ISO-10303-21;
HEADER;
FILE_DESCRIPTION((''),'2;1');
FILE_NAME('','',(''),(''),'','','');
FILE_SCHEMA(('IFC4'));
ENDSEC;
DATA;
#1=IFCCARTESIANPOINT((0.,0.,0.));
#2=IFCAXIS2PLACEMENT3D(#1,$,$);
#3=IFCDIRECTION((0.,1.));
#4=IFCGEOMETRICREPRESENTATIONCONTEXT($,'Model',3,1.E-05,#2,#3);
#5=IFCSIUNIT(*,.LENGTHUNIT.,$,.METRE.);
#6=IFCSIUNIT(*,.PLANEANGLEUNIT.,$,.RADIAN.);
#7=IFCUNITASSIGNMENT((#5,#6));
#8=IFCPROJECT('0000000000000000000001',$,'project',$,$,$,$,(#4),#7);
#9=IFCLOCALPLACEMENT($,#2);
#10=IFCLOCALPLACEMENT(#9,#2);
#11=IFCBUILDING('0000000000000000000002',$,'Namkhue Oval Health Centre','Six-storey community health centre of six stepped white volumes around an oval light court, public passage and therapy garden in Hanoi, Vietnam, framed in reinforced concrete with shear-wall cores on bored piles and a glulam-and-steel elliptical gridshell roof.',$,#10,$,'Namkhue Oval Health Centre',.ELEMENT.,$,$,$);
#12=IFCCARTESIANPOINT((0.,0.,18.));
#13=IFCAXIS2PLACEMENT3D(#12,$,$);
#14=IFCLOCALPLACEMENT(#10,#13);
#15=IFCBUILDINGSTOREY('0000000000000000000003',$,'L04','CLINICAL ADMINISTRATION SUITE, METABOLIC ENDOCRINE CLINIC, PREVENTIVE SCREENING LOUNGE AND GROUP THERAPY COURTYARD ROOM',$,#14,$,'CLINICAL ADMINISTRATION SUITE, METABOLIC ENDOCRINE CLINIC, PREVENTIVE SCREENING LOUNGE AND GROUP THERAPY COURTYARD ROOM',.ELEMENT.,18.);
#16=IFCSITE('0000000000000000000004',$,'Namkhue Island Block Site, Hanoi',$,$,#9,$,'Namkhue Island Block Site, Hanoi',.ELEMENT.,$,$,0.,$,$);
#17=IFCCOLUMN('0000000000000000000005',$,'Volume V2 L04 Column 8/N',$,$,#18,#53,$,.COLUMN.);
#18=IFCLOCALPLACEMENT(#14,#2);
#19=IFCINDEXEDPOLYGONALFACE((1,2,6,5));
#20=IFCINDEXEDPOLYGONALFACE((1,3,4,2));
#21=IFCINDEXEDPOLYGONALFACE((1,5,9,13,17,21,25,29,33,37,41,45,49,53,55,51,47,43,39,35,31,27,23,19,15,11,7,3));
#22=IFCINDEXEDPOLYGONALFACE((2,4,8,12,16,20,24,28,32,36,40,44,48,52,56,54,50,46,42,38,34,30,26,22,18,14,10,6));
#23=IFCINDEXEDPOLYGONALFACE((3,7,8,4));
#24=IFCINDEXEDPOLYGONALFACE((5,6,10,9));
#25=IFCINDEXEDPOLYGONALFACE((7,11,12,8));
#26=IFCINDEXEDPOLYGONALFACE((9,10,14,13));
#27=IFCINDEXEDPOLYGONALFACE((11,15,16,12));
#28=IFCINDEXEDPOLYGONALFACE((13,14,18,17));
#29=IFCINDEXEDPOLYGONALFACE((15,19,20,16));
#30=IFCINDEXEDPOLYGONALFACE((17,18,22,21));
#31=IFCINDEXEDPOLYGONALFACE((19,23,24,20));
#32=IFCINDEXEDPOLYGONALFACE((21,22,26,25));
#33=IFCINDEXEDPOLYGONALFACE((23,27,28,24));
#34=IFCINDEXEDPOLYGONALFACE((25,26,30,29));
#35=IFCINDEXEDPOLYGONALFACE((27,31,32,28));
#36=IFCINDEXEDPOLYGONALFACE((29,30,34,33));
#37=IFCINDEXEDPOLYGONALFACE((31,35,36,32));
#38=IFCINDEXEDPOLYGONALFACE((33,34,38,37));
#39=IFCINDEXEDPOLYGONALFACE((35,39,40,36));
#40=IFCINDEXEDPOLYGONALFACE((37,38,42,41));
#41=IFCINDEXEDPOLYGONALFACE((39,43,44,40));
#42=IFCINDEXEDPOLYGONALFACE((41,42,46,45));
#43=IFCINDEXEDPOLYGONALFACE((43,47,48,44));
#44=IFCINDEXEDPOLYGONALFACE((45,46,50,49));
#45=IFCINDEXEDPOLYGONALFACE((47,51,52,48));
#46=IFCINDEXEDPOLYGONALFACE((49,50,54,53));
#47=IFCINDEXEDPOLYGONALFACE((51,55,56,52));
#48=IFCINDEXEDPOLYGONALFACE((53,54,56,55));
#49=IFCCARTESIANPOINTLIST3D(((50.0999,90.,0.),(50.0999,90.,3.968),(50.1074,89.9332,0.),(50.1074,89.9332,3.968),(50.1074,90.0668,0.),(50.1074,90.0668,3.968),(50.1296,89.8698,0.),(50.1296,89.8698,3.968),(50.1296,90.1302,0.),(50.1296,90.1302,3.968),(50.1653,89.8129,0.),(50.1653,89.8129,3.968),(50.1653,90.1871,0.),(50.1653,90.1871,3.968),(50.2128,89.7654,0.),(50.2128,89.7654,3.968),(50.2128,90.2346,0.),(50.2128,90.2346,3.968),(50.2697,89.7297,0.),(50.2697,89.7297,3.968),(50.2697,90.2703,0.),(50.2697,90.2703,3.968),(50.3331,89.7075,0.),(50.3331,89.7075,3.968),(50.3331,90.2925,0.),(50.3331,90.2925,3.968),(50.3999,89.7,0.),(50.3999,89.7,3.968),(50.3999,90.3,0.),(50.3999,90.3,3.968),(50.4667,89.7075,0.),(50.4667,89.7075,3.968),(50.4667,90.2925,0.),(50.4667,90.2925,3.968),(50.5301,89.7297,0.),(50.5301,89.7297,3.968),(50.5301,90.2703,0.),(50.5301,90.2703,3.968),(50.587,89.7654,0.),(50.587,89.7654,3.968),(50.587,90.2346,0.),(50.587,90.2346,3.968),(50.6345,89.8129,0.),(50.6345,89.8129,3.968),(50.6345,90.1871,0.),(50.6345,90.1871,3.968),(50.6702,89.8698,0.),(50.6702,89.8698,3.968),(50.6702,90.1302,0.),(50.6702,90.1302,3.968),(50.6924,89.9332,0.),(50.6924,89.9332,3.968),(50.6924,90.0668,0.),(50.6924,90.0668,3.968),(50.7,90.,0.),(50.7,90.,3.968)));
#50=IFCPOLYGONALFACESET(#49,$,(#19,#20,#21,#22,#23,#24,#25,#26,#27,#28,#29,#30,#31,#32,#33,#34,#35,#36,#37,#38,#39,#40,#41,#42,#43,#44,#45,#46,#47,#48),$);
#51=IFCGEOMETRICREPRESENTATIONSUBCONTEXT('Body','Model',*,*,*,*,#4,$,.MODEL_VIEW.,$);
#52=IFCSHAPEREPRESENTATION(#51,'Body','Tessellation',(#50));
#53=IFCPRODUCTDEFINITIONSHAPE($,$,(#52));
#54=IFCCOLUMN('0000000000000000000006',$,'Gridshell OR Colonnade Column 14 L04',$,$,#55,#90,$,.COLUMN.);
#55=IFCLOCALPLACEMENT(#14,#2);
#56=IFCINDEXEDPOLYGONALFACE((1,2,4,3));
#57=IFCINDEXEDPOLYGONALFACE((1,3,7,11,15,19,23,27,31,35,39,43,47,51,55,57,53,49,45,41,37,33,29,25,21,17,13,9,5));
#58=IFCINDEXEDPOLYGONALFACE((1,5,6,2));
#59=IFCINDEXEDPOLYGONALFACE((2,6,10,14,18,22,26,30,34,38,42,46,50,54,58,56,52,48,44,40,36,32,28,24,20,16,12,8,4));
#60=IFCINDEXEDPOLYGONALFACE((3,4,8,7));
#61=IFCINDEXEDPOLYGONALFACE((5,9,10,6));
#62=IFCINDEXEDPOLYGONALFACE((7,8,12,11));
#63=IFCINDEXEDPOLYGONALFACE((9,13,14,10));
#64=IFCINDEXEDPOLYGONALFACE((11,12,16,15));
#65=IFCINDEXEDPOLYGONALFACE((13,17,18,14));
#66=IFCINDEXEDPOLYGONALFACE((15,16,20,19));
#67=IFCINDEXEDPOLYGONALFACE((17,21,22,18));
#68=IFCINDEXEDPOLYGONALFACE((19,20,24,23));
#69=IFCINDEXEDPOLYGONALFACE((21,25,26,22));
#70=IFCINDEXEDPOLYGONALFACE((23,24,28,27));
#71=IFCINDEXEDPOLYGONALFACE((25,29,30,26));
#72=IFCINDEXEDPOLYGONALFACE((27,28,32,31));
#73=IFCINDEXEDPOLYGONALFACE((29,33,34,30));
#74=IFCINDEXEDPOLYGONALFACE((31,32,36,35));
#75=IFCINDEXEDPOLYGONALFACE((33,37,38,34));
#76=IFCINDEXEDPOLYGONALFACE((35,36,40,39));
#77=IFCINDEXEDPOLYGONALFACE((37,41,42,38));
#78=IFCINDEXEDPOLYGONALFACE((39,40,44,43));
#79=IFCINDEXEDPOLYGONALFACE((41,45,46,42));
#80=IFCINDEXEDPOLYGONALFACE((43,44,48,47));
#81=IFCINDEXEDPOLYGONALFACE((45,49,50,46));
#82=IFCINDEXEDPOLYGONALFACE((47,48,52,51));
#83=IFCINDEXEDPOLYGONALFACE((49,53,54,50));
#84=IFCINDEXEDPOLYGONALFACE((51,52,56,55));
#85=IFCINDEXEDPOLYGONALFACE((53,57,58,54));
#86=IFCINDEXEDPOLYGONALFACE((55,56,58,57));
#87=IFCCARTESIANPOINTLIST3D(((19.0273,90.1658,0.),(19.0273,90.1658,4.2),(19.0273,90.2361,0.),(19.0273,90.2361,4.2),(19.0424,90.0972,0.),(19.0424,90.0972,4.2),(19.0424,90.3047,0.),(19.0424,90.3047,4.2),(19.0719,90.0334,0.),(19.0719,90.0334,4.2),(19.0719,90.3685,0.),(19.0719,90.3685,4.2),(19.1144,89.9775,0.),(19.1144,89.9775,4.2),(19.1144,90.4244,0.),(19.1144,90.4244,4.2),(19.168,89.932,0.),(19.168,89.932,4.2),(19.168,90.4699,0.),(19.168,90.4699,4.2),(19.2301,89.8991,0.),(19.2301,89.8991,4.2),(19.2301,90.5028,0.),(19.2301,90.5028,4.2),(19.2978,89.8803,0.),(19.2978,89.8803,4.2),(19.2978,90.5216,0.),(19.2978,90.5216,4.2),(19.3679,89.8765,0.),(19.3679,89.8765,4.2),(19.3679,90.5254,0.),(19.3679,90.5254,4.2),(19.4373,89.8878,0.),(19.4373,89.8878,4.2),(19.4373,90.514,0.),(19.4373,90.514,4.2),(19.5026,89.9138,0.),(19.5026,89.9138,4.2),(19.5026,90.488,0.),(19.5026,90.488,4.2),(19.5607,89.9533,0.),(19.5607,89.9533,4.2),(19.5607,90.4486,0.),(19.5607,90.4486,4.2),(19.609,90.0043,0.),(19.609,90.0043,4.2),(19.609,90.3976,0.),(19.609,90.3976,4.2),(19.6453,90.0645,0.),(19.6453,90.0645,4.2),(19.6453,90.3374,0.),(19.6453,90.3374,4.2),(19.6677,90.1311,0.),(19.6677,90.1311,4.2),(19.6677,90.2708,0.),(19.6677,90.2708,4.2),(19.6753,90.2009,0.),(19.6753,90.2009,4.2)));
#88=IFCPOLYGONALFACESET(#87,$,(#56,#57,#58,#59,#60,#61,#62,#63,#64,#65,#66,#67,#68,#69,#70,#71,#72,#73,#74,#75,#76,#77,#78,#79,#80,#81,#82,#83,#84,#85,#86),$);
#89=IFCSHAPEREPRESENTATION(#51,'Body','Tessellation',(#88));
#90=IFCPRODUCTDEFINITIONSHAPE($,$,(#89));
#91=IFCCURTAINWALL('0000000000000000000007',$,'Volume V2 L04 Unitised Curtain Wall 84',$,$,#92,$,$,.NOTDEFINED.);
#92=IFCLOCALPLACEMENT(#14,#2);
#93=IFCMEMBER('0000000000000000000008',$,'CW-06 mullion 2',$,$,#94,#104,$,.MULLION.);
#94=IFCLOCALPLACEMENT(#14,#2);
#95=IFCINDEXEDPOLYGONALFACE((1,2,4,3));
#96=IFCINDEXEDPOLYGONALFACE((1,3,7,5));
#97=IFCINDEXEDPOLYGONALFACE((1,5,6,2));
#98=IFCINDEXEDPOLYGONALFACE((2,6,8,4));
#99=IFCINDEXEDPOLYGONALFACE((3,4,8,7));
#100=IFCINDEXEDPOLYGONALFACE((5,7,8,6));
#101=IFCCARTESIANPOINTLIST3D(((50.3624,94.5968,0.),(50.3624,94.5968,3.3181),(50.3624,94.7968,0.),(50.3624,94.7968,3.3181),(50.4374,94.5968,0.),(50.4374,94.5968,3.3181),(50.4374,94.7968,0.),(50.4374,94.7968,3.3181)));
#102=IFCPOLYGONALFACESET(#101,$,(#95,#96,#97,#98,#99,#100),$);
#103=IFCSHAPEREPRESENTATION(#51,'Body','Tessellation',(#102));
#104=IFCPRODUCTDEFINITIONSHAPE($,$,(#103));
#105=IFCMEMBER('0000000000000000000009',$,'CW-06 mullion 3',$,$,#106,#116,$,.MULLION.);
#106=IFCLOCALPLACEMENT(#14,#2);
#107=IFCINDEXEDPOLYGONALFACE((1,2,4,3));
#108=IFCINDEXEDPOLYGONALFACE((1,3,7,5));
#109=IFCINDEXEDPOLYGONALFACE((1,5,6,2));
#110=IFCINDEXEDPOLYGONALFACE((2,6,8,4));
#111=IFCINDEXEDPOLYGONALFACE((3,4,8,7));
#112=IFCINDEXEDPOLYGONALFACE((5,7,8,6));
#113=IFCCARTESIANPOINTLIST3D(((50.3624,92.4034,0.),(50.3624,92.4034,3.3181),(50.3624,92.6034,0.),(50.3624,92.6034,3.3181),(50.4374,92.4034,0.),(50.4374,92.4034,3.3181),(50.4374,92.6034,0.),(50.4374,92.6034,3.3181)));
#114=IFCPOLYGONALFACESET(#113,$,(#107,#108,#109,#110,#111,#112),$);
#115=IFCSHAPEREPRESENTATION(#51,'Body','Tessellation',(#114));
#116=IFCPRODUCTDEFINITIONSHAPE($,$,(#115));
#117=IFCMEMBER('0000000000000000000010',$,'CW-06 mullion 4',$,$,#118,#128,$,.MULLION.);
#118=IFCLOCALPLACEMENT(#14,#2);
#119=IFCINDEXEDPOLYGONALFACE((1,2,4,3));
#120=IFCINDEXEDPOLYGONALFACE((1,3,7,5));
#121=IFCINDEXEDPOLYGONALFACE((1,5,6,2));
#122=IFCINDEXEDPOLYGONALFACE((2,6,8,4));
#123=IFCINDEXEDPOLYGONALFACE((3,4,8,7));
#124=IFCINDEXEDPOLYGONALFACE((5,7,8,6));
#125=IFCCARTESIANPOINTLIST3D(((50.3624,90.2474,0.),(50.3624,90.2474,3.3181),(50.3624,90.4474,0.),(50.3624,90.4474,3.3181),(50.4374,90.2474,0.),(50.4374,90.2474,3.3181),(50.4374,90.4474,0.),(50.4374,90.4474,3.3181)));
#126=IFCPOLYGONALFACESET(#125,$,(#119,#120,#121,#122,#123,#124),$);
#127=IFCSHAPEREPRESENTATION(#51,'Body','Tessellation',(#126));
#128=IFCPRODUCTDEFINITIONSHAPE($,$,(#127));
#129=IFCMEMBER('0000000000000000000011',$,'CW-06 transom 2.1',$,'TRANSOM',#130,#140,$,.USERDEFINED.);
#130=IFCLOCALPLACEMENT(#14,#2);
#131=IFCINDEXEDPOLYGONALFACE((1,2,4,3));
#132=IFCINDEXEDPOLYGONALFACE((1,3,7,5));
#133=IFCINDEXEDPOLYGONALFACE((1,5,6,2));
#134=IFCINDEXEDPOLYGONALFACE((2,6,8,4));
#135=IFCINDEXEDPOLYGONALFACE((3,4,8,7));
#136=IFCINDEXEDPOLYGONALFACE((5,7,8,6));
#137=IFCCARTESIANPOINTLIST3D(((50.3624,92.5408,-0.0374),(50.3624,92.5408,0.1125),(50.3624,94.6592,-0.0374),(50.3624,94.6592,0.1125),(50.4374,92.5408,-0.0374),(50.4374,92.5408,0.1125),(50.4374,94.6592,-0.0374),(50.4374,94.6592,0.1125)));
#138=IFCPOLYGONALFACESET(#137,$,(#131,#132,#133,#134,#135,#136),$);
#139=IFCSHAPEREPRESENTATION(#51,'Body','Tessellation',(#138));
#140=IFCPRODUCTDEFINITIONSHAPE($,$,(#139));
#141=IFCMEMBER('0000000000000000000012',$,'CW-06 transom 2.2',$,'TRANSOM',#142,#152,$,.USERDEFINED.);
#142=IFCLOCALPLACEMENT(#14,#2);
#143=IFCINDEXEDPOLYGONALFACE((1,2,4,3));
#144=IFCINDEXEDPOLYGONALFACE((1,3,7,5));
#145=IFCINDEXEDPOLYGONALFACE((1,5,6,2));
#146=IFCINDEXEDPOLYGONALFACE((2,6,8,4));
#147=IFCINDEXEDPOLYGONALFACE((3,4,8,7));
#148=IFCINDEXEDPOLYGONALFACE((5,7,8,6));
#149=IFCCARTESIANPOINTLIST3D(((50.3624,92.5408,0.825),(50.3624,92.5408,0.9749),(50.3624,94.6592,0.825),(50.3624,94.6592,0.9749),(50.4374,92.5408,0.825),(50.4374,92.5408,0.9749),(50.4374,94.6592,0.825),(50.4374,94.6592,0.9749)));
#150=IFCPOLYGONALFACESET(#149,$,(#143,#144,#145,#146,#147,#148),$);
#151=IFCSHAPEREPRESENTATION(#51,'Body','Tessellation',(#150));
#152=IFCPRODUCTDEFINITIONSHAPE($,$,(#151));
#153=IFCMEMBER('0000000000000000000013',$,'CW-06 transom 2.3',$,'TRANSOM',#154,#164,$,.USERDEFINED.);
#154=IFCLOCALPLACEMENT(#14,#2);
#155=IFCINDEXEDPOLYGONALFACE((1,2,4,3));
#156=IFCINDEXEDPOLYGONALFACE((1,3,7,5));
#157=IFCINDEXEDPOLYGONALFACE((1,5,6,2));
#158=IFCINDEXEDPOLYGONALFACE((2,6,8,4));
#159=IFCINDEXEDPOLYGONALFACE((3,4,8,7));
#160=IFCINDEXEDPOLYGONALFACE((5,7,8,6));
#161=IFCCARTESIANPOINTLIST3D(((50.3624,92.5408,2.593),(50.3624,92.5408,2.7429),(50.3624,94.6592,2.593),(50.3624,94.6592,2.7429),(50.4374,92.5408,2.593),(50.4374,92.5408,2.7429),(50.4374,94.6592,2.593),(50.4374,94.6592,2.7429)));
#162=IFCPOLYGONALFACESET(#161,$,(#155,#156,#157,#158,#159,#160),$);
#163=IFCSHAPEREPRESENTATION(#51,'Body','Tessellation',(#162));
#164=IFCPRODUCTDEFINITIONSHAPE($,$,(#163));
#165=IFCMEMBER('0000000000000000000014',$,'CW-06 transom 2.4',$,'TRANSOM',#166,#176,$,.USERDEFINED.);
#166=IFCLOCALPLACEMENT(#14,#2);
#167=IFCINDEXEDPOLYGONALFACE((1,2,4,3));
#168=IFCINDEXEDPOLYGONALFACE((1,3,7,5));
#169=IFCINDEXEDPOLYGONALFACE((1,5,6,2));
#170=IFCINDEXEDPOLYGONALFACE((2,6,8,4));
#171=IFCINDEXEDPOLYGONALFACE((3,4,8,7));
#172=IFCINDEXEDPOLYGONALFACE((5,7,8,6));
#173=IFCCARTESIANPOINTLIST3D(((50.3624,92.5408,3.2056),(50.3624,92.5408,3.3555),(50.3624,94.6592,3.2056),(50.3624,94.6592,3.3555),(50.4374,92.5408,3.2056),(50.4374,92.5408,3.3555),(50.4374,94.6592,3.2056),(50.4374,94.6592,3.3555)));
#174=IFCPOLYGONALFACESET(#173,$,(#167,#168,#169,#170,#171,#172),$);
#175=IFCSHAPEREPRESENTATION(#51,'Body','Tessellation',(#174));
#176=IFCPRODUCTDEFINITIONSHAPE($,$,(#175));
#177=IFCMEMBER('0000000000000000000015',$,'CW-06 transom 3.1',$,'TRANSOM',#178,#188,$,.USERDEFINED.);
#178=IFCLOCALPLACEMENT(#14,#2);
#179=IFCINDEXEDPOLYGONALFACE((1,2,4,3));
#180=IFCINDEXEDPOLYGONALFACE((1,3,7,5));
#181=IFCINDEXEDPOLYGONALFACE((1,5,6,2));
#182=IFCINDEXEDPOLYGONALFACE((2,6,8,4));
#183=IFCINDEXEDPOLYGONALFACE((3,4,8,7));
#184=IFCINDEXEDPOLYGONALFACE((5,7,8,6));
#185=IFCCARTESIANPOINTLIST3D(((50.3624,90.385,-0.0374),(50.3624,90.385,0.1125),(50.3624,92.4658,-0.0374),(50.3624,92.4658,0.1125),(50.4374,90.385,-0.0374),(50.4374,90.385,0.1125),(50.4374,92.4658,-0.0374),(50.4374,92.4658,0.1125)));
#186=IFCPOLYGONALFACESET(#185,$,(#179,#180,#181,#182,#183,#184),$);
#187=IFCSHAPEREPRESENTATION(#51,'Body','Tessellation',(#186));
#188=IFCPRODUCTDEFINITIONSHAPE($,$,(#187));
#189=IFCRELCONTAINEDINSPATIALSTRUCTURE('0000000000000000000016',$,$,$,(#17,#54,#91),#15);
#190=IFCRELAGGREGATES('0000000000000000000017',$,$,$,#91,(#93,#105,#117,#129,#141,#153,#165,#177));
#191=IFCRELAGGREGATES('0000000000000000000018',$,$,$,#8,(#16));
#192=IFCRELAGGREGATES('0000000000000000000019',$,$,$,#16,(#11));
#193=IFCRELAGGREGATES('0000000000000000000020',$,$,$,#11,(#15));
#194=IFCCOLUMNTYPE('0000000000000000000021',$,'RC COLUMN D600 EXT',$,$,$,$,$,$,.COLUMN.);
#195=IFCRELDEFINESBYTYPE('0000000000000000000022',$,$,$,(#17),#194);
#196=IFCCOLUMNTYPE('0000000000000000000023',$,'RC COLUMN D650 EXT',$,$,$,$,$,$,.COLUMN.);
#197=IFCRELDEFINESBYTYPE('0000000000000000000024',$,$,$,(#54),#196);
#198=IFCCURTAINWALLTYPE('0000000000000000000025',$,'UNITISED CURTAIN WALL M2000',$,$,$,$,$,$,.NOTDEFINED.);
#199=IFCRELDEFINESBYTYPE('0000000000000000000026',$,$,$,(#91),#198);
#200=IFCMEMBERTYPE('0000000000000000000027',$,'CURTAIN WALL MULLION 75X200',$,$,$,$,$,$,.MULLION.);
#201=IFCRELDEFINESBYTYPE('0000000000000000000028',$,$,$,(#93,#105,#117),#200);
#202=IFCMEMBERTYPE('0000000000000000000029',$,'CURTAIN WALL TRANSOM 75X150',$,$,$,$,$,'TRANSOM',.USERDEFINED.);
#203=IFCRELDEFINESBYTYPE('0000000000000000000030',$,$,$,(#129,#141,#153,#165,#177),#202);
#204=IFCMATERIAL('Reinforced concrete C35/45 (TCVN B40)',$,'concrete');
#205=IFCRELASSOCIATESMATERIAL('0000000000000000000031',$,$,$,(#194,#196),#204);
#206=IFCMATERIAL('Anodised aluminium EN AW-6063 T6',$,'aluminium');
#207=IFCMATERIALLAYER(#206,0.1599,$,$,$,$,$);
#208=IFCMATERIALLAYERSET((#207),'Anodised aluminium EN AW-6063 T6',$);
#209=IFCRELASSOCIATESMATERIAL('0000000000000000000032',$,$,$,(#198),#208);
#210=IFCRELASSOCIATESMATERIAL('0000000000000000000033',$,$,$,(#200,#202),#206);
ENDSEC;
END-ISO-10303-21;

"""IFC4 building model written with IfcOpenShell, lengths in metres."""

from ifc_helpers import new_model, si_unit, direction, frame, origin, origin_2d, place, context, subcontext, project, spatial, rectangle, circle, extrude, material, layer, layer_set, material_profile, profile_set, type_object, element, aggregate, save


model = new_model("IFC4")

# Units and contexts
model_context = context("Model", 3, precision=1e-05, world=origin(), true_north=direction((0.0, 1.0)))
body_context = subcontext(model_context, "Body", "Model", "MODEL_VIEW")
ifc_project = project(units=[si_unit("LENGTHUNIT", "METRE"), si_unit("PLANEANGLEUNIT", "RADIAN")], contexts=[model_context])

# Site, building, storey
site_placement = place(None, origin())
site = spatial("IfcSite", under=ifc_project, at=site_placement, Name="Namkhue Island Block Site, Hanoi", LongName="Namkhue Island Block Site, Hanoi", CompositionType="ELEMENT", RefElevation=0.0)
building_placement = place(site_placement, origin())
building = spatial("IfcBuilding", under=site, at=building_placement, Name="Namkhue Oval Health Centre", Description="Six-storey community health centre of six stepped white volumes around an oval light court, public passage and therapy garden in Hanoi, Vietnam, framed in reinforced concrete with shear-wall cores on bored piles and a glulam-and-steel elliptical gridshell roof.", LongName="Namkhue Oval Health Centre", CompositionType="ELEMENT")
storey_placement = place(building_placement, frame((0.0, 0.0, 18.0)))
storey = spatial("IfcBuildingStorey", under=building, at=storey_placement, Name="L04", Description="CLINICAL ADMINISTRATION SUITE, METABOLIC ENDOCRINE CLINIC, PREVENTIVE SCREENING LOUNGE AND GROUP THERAPY COURTYARD ROOM", LongName="CLINICAL ADMINISTRATION SUITE, METABOLIC ENDOCRINE CLINIC, PREVENTIVE SCREENING LOUNGE AND GROUP THERAPY COURTYARD ROOM", CompositionType="ELEMENT", Elevation=18.0)

# Columns
ifc_material_1 = material(Name="Reinforced concrete C35/45 (TCVN B40)", Category="concrete")
ifc_material_profile_1 = material_profile(ifc_material_1, circle(Radius=0.3, at=origin_2d()), Name="RC D600")
ifc_profile_set_1 = profile_set([ifc_material_profile_1], Name="Reinforced concrete C35/45 (TCVN B40)")
column_type_1 = type_object("IfcColumnType", Name="RC COLUMN D600 EXT", PredefinedType="COLUMN", material=ifc_profile_set_1)
column_1_placement = place(storey_placement, frame((50.3999, 90.0, 0.0), z_axis=(0.0, 0.0, 1.0), x_axis=(1.0, 0.0, 0.0)))
element("IfcColumn", 1, at=column_1_placement, inside=storey, type_object=column_type_1, Name="Volume V2 L04 Column 8/N", PredefinedType="COLUMN", context=body_context, shape_type="SweptSolid", body=[
    extrude(circle(Radius=0.3, at=origin_2d()), origin(), (0.0, 0.0, 1.0), 3.968),
])
ifc_material_profile_2 = material_profile(ifc_material_1, circle(Radius=0.325, at=origin_2d()), Name="RC D650")
ifc_profile_set_2 = profile_set([ifc_material_profile_2], Name="Reinforced concrete C35/45 (TCVN B40)")
column_type_2 = type_object("IfcColumnType", Name="RC COLUMN D650 EXT", PredefinedType="COLUMN", material=ifc_profile_set_2)
column_2_placement = place(storey_placement, frame((19.3503, 90.2009, 0.0), z_axis=(0.0, 0.0, 1.0), x_axis=(1.0, 0.0, 0.0)))
element("IfcColumn", 2, at=column_2_placement, inside=storey, type_object=column_type_2, Name="Gridshell OR Colonnade Column 14 L04", PredefinedType="COLUMN", context=body_context, shape_type="SweptSolid", body=[
    extrude(circle(Radius=0.325, at=origin_2d()), origin(), (0.0, 0.0, 1.0), 4.2),
])

# Curtain wall, members
ifc_material_2 = material(Name="Anodised aluminium EN AW-6063 T6", Category="aluminium")
ifc_layer_1 = layer(ifc_material_2, 0.1599)
ifc_layer_set_1 = layer_set([ifc_layer_1], Name="Anodised aluminium EN AW-6063 T6")
curtain_wall_type = type_object("IfcCurtainWallType", Name="UNITISED CURTAIN WALL M2000", PredefinedType="NOTDEFINED", material=ifc_layer_set_1)
curtain_wall_placement = place(storey_placement, origin())
curtain_wall = element("IfcCurtainWall", 3, at=curtain_wall_placement, inside=storey, type_object=curtain_wall_type, Name="Volume V2 L04 Unitised Curtain Wall 84", PredefinedType="NOTDEFINED")
ifc_material_profile_3 = material_profile(ifc_material_2, rectangle(XDim=0.075, YDim=0.2, at=origin_2d()), Name="ALU 75x200")
ifc_profile_set_3 = profile_set([ifc_material_profile_3], Name="Anodised aluminium EN AW-6063 T6")
member_type_1 = type_object("IfcMemberType", Name="CURTAIN WALL MULLION 75X200", PredefinedType="MULLION", material=ifc_profile_set_3)
member_1_placement = place(storey_placement, frame((50.3999, 94.6968, 0.0), z_axis=(0.0, 0.0, 1.0), x_axis=(1.0, 0.0, 0.0)))
member_1 = element("IfcMember", 4, at=member_1_placement, type_object=member_type_1, Name="CW-06 mullion 2", PredefinedType="MULLION", context=body_context, shape_type="SweptSolid", body=[
    extrude(rectangle(XDim=0.075, YDim=0.2, at=origin_2d()), origin(), (0.0, 0.0, 1.0), 3.3181),
])
member_2_placement = place(storey_placement, frame((50.3999, 92.5034, 0.0), z_axis=(0.0, 0.0, 1.0), x_axis=(1.0, 0.0, 0.0)))
member_2 = element("IfcMember", 5, at=member_2_placement, type_object=member_type_1, Name="CW-06 mullion 3", PredefinedType="MULLION", context=body_context, shape_type="SweptSolid", body=[
    extrude(rectangle(XDim=0.075, YDim=0.2, at=origin_2d()), origin(), (0.0, 0.0, 1.0), 3.3181),
])
member_3_placement = place(storey_placement, frame((50.3999, 90.3474, 0.0), z_axis=(0.0, 0.0, 1.0), x_axis=(1.0, 0.0, 0.0)))
member_3 = element("IfcMember", 6, at=member_3_placement, type_object=member_type_1, Name="CW-06 mullion 4", PredefinedType="MULLION", context=body_context, shape_type="SweptSolid", body=[
    extrude(rectangle(XDim=0.075, YDim=0.2, at=origin_2d()), origin(), (0.0, 0.0, 1.0), 3.3181),
])
ifc_material_profile_4 = material_profile(ifc_material_2, rectangle(XDim=0.075, YDim=0.1499, at=origin_2d()), Name="ALU 75x150")
ifc_profile_set_4 = profile_set([ifc_material_profile_4], Name="Anodised aluminium EN AW-6063 T6")
member_type_2 = type_object("IfcMemberType", Name="CURTAIN WALL TRANSOM 75X150", ElementType="TRANSOM", PredefinedType="USERDEFINED", material=ifc_profile_set_4)
member_4_placement = place(storey_placement, frame((50.3999, 94.6592, 0.0376), z_axis=(0.0, -1.0, 0.0), x_axis=(1.0, 0.0, 0.0)))
member_4 = element("IfcMember", 7, at=member_4_placement, type_object=member_type_2, Name="CW-06 transom 2.1", ObjectType="TRANSOM", PredefinedType="USERDEFINED", context=body_context, shape_type="SweptSolid", body=[
    extrude(rectangle(XDim=0.075, YDim=0.1499, at=origin_2d()), origin(), (0.0, 0.0, 1.0), 2.1184),
])
member_5_placement = place(storey_placement, frame((50.3999, 94.6592, 0.8999), z_axis=(0.0, -1.0, 0.0), x_axis=(1.0, 0.0, 0.0)))
member_5 = element("IfcMember", 8, at=member_5_placement, type_object=member_type_2, Name="CW-06 transom 2.2", ObjectType="TRANSOM", PredefinedType="USERDEFINED", context=body_context, shape_type="SweptSolid", body=[
    extrude(rectangle(XDim=0.075, YDim=0.1499, at=origin_2d()), origin(), (0.0, 0.0, 1.0), 2.1184),
])
member_6_placement = place(storey_placement, frame((50.3999, 94.6592, 2.668), z_axis=(0.0, -1.0, 0.0), x_axis=(1.0, 0.0, 0.0)))
member_6 = element("IfcMember", 9, at=member_6_placement, type_object=member_type_2, Name="CW-06 transom 2.3", ObjectType="TRANSOM", PredefinedType="USERDEFINED", context=body_context, shape_type="SweptSolid", body=[
    extrude(rectangle(XDim=0.075, YDim=0.1499, at=origin_2d()), origin(), (0.0, 0.0, 1.0), 2.1184),
])
member_7_placement = place(storey_placement, frame((50.3999, 94.6592, 3.2805), z_axis=(0.0, -1.0, 0.0), x_axis=(1.0, 0.0, 0.0)))
member_7 = element("IfcMember", 10, at=member_7_placement, type_object=member_type_2, Name="CW-06 transom 2.4", ObjectType="TRANSOM", PredefinedType="USERDEFINED", context=body_context, shape_type="SweptSolid", body=[
    extrude(rectangle(XDim=0.075, YDim=0.1499, at=origin_2d()), origin(), (0.0, 0.0, 1.0), 2.1184),
])
member_8_placement = place(storey_placement, frame((50.3999, 92.4658, 0.0376), z_axis=(0.0, -1.0, 0.0), x_axis=(1.0, 0.0, 0.0)))
member_8 = element("IfcMember", 11, at=member_8_placement, type_object=member_type_2, Name="CW-06 transom 3.1", ObjectType="TRANSOM", PredefinedType="USERDEFINED", context=body_context, shape_type="SweptSolid", body=[
    extrude(rectangle(XDim=0.075, YDim=0.1499, at=origin_2d()), origin(), (0.0, 0.0, 1.0), 2.0808),
])

aggregate(curtain_wall, [member_1, member_2, member_3, member_4, member_5, member_6, member_7, member_8])

save(model, "model.ifc")
